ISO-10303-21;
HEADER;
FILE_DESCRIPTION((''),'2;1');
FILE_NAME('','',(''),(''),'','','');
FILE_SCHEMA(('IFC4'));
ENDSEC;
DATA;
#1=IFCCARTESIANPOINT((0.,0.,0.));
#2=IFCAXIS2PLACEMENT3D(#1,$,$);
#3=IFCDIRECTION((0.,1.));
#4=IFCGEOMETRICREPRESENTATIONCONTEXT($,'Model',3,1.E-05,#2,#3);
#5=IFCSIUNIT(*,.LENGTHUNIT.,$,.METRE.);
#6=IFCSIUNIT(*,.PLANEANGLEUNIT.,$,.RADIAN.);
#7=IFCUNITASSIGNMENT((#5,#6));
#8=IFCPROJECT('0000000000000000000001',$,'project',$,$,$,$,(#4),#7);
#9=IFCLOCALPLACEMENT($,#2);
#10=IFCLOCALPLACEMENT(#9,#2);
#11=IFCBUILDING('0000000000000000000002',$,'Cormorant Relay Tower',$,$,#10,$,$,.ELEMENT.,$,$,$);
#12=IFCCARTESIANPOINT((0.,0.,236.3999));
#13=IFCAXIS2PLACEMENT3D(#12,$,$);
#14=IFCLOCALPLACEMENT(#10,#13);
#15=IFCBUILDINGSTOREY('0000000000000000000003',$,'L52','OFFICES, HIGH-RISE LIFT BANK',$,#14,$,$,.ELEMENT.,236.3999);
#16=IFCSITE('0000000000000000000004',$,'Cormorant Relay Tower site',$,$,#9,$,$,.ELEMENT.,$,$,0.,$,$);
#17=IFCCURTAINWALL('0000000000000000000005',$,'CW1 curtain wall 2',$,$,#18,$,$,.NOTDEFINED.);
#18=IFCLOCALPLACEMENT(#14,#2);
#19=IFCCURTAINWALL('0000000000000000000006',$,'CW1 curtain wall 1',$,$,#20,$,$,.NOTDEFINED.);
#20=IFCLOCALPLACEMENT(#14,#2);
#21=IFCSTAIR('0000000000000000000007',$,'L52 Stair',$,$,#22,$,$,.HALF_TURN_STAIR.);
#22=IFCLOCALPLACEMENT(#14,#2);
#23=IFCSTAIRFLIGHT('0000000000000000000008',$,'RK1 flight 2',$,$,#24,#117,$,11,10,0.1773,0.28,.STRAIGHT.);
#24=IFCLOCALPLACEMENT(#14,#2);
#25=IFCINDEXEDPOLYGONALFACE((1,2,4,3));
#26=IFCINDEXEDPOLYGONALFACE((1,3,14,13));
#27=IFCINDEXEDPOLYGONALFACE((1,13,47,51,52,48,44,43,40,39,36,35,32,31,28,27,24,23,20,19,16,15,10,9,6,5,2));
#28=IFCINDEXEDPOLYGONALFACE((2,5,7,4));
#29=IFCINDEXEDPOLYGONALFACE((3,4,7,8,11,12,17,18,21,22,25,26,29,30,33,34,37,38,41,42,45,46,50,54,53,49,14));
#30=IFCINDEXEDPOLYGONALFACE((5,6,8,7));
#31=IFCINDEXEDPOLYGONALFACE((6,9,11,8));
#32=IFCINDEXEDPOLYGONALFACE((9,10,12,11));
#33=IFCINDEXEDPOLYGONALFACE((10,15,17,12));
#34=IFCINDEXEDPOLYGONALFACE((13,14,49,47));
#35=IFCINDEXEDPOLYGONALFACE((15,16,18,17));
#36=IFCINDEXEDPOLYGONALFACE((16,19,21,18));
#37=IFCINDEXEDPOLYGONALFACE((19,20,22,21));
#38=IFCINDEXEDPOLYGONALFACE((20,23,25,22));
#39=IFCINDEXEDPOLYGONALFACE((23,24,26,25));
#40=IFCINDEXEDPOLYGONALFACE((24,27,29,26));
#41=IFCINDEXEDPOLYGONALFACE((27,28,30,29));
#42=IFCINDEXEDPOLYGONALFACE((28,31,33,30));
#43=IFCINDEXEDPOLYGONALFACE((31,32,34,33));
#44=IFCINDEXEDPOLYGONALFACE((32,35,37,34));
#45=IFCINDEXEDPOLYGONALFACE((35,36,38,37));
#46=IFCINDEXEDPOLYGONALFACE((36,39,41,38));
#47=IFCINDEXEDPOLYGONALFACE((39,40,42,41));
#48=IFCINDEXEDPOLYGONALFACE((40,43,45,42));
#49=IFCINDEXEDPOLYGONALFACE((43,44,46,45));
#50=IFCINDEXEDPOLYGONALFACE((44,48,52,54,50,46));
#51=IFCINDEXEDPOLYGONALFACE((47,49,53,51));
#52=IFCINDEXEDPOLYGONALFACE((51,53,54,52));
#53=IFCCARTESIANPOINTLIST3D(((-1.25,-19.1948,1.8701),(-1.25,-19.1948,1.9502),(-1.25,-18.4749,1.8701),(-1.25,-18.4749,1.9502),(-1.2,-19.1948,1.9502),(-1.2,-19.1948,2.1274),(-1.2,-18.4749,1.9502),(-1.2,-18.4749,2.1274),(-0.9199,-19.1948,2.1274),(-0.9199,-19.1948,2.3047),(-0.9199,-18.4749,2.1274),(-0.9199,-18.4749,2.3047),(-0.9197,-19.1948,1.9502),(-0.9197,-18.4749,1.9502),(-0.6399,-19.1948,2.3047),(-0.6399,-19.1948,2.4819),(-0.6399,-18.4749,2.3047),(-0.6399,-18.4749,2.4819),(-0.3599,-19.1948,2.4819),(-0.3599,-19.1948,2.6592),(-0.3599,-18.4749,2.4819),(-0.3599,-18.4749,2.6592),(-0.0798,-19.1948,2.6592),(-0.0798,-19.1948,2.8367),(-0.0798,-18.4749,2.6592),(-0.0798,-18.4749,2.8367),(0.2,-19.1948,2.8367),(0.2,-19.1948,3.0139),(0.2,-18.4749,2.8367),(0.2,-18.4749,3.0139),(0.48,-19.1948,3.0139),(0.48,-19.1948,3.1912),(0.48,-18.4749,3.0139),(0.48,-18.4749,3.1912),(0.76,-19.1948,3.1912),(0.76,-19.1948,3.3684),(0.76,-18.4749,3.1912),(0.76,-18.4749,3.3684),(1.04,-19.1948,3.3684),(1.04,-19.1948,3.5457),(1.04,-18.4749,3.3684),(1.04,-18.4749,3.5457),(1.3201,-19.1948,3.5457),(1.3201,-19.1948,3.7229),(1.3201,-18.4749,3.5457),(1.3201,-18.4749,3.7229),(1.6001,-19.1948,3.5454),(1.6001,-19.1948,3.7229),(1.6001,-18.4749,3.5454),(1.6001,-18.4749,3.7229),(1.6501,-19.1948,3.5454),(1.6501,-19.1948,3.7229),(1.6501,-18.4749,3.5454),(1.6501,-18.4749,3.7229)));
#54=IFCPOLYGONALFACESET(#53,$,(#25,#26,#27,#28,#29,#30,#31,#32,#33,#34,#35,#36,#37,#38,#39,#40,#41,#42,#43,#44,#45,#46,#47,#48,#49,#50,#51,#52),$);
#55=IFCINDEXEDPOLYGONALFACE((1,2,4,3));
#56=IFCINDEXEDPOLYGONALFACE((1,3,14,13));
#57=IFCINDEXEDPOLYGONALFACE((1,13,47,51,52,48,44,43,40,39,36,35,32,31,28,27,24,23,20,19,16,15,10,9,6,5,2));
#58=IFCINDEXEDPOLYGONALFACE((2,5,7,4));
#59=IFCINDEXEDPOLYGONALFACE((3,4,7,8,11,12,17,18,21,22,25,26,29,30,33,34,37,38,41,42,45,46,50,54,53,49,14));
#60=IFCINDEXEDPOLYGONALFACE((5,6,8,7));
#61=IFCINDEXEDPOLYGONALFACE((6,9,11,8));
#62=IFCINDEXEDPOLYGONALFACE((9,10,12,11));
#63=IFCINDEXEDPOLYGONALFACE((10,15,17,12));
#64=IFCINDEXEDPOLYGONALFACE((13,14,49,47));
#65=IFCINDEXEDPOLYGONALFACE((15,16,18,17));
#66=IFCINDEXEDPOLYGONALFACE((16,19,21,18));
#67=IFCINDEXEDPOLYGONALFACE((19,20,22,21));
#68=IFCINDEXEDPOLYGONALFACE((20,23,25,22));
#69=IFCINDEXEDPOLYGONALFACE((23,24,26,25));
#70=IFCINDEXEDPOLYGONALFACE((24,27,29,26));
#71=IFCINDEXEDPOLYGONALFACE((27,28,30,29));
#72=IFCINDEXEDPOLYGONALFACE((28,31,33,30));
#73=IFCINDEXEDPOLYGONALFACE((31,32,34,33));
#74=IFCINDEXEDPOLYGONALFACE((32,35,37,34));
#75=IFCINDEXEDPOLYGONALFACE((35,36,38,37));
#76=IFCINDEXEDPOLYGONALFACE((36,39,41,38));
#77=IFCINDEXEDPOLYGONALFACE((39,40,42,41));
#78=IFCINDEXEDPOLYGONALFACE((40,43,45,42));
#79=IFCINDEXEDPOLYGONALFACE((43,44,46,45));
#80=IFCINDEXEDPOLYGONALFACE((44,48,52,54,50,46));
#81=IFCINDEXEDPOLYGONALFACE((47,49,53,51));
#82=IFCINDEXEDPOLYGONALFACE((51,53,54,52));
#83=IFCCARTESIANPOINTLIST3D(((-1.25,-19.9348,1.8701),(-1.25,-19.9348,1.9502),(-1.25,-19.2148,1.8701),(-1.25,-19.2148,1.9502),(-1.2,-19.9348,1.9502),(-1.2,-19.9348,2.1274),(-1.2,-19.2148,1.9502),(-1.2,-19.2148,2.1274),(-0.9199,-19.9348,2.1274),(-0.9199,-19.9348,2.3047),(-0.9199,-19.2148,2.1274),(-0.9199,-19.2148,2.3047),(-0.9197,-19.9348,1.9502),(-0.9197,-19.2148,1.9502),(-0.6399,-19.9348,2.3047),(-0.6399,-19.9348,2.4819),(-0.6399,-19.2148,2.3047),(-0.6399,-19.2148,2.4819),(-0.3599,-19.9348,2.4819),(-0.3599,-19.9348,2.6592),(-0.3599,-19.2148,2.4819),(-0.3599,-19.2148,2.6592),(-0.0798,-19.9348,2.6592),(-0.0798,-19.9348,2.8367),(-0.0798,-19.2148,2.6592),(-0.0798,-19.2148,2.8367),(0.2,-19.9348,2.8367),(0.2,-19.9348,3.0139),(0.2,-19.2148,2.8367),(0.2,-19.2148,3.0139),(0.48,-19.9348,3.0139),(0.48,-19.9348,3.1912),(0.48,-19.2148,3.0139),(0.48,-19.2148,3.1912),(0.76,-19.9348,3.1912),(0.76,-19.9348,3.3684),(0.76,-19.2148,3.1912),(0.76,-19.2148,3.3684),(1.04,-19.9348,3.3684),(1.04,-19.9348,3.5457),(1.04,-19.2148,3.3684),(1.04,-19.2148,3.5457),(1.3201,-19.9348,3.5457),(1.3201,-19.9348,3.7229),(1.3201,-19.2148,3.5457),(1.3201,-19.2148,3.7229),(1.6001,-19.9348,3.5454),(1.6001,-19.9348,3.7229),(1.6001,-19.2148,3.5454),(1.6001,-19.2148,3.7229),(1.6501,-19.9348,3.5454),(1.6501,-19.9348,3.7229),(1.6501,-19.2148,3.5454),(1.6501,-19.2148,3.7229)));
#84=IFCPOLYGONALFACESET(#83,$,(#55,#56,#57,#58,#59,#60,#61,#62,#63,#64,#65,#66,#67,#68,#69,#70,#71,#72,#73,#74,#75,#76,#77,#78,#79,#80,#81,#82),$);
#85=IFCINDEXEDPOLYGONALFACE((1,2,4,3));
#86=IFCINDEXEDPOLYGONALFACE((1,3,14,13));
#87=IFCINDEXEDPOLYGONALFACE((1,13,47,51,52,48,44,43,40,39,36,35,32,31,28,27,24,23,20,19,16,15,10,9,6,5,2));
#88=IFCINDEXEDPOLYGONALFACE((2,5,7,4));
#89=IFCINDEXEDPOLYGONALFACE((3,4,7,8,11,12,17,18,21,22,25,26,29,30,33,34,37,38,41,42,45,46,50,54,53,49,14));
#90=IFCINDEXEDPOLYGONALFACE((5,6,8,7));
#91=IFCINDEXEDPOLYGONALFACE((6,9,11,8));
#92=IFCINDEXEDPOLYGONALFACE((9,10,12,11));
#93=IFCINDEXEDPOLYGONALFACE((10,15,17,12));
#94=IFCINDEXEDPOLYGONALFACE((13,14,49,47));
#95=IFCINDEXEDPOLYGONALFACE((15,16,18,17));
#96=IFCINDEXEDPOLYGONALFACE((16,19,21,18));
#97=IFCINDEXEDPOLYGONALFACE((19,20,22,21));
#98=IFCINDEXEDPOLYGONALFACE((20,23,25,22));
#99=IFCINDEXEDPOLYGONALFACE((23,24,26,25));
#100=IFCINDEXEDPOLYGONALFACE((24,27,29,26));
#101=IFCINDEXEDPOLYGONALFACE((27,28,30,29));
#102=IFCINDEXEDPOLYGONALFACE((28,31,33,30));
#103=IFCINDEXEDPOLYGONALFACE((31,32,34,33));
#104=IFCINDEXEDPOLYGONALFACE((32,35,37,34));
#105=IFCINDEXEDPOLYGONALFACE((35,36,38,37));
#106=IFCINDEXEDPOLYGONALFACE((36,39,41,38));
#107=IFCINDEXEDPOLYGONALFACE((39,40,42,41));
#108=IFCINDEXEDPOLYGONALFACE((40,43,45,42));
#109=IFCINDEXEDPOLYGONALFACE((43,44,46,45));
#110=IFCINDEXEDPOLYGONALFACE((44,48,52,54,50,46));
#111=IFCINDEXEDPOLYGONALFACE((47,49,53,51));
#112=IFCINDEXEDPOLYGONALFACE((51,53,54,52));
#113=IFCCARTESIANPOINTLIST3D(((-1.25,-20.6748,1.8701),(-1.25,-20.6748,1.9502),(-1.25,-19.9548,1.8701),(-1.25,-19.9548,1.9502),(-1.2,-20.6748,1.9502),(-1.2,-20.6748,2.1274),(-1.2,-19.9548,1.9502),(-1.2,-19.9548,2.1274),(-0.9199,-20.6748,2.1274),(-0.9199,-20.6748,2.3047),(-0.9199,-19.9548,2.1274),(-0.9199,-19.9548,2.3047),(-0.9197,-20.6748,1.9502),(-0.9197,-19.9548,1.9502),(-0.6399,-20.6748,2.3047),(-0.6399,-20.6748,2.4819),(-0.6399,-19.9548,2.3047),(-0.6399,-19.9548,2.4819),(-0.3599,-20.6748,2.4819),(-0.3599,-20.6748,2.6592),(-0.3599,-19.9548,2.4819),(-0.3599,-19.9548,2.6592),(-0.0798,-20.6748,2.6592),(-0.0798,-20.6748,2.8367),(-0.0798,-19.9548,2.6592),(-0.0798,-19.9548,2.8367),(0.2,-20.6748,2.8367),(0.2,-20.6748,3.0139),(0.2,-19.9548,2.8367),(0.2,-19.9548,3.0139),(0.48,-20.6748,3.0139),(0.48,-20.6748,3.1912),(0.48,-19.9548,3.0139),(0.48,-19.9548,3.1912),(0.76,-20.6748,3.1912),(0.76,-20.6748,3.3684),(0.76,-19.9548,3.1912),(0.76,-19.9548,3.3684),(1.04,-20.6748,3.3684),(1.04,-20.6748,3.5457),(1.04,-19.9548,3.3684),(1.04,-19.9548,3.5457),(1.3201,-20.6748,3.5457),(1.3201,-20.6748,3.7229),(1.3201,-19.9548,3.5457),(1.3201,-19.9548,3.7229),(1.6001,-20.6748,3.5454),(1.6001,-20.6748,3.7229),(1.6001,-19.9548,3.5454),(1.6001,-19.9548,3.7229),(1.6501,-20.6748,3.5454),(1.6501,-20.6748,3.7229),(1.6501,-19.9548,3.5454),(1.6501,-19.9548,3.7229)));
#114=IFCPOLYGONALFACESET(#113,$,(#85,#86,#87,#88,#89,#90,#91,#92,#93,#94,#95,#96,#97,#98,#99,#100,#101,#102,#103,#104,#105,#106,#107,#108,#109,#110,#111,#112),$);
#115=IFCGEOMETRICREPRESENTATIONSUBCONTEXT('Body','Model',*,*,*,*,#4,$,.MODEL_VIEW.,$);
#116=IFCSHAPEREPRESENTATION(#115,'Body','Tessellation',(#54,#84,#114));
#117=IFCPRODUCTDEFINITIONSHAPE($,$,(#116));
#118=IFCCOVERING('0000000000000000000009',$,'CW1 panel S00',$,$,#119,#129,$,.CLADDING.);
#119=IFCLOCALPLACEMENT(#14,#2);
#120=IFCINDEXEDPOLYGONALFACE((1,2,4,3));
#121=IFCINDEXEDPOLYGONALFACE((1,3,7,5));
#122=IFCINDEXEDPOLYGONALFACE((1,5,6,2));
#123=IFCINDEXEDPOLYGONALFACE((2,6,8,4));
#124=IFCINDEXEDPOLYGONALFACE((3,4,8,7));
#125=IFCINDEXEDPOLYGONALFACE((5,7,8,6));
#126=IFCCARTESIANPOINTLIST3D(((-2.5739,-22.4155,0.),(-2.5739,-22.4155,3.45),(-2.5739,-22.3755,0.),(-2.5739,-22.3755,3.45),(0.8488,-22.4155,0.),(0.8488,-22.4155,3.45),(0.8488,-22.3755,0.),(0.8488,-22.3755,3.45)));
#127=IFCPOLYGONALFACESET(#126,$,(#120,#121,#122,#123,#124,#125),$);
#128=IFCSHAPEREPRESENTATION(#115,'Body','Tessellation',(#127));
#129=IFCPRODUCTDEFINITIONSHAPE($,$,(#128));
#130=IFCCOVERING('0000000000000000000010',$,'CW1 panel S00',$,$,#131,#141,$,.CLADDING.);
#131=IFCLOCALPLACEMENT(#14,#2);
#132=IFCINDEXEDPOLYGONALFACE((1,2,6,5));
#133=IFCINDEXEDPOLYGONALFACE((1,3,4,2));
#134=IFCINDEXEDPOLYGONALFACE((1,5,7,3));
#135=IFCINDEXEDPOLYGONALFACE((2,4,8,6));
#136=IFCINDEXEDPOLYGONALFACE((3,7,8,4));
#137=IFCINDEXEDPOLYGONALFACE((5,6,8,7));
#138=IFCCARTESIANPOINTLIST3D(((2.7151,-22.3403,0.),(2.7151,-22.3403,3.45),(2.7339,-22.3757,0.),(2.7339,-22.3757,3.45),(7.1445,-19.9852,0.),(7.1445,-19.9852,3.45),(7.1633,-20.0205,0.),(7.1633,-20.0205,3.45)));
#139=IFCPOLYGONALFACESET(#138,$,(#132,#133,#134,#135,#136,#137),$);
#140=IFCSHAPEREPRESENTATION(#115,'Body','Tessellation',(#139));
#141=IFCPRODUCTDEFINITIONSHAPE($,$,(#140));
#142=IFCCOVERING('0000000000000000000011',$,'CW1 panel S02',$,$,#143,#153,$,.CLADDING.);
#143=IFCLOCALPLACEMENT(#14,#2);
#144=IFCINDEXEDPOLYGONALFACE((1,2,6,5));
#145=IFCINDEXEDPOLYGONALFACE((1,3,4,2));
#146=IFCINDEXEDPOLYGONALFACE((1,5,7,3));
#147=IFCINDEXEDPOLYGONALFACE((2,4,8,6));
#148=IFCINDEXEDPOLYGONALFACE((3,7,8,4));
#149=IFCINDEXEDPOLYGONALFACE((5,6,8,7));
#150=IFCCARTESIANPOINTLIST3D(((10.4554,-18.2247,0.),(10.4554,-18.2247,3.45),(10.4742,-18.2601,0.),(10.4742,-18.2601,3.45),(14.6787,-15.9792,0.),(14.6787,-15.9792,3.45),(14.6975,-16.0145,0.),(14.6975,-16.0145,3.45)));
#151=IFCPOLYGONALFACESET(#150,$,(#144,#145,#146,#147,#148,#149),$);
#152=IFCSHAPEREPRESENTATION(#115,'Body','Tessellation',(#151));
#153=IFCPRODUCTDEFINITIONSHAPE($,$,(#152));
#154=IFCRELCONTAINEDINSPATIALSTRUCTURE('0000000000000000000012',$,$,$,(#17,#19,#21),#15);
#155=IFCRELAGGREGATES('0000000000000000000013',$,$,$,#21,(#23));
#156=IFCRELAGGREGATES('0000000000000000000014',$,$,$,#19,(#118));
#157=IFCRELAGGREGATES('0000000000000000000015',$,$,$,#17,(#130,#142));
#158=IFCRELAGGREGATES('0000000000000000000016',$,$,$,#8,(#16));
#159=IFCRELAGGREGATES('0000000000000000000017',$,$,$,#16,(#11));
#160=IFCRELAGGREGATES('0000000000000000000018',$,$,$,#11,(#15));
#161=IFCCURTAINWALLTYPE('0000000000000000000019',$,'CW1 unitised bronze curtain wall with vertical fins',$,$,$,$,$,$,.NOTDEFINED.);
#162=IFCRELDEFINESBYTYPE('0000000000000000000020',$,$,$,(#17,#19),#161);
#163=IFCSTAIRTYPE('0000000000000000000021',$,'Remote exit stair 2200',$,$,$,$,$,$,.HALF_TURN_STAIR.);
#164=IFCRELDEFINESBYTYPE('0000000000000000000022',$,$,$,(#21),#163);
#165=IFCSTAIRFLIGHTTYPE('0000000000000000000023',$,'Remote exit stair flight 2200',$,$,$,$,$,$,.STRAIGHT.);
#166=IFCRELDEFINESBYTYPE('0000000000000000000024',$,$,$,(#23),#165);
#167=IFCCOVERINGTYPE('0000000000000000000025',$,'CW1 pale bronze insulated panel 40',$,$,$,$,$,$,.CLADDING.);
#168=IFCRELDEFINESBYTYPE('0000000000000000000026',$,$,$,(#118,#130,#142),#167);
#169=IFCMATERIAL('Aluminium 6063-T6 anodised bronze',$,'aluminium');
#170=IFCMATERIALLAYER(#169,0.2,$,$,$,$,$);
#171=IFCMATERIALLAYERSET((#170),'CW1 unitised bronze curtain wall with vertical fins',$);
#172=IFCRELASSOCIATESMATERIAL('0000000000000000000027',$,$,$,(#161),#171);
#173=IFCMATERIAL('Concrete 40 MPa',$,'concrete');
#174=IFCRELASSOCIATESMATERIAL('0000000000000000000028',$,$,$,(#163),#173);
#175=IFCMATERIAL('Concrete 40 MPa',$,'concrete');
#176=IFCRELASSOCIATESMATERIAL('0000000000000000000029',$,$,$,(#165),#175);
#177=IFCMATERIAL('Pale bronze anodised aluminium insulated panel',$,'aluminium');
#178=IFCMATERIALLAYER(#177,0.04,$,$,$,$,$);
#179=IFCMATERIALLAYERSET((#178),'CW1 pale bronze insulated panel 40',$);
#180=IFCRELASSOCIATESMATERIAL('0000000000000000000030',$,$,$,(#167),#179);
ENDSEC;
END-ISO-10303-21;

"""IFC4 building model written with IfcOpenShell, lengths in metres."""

from ifc_helpers import new_model, si_unit, direction, frame, origin, origin_2d, place, context, subcontext, project, spatial, polyline, rectangle, outline, extrude, material, layer, layer_set, type_object, element, aggregate, save


model = new_model("IFC4")

# Units and contexts
model_context = context("Model", 3, precision=1e-05, world=origin(), true_north=direction((0.0, 1.0)))
body_context = subcontext(model_context, "Body", "Model", "MODEL_VIEW")
ifc_project = project(units=[si_unit("LENGTHUNIT", "METRE"), si_unit("PLANEANGLEUNIT", "RADIAN")], contexts=[model_context])

# Site, building, storey
site_placement = place(None, origin())
site = spatial("IfcSite", under=ifc_project, at=site_placement, Name="Cormorant Relay Tower site", CompositionType="ELEMENT", RefElevation=0.0)
building_placement = place(site_placement, origin())
building = spatial("IfcBuilding", under=site, at=building_placement, Name="Cormorant Relay Tower", CompositionType="ELEMENT")
storey_placement = place(building_placement, frame((0.0, 0.0, 236.3999)))
storey = spatial("IfcBuildingStorey", under=building, at=storey_placement, Name="L52", Description="OFFICES, HIGH-RISE LIFT BANK", CompositionType="ELEMENT", Elevation=236.3999)

# Curtain wall
ifc_material_1 = material(Name="Aluminium 6063-T6 anodised bronze", Category="aluminium")
ifc_layer_1 = layer(ifc_material_1, 0.2)
ifc_layer_set_1 = layer_set([ifc_layer_1], Name="CW1 unitised bronze curtain wall with vertical fins")
curtain_wall_type = type_object("IfcCurtainWallType", Name="CW1 unitised bronze curtain wall with vertical fins", PredefinedType="NOTDEFINED", material=ifc_layer_set_1)
curtain_wall_1_placement = place(storey_placement, origin())
curtain_wall_1 = element("IfcCurtainWall", 1, at=curtain_wall_1_placement, inside=storey, type_object=curtain_wall_type, Name="CW1 curtain wall 2", PredefinedType="NOTDEFINED")

# Curtain wall
curtain_wall_2_placement = place(storey_placement, origin())
curtain_wall_2 = element("IfcCurtainWall", 2, at=curtain_wall_2_placement, inside=storey, type_object=curtain_wall_type, Name="CW1 curtain wall 1", PredefinedType="NOTDEFINED")

# Stair, stair flight
ifc_material_2 = material(Name="Concrete 40 MPa", Category="concrete")
stair_type = type_object("IfcStairType", Name="Remote exit stair 2200", PredefinedType="HALF_TURN_STAIR", material=ifc_material_2)
stair_placement = place(storey_placement, origin())
stair = element("IfcStair", 3, at=stair_placement, inside=storey, type_object=stair_type, Name="L52 Stair", PredefinedType="HALF_TURN_STAIR")
ifc_material_3 = material(Name="Concrete 40 MPa", Category="concrete")
stair_flight_type = type_object("IfcStairFlightType", Name="Remote exit stair flight 2200", PredefinedType="STRAIGHT", material=ifc_material_3)
stair_flight_1_placement = place(storey_placement, frame((-1.2, -19.575, 1.9502), z_axis=(0.0, 0.0, 1.0), x_axis=(1.0, 0.0, 0.0)))
stair_flight_1 = element("IfcStairFlight", 4, at=stair_flight_1_placement, type_object=stair_flight_type, Name="RK1 flight 2", NumberOfRisers=11, NumberOfTreads=10, PredefinedType="STRAIGHT", RiserHeight=0.1773, TreadLength=0.28, context=body_context, shape_type="SweptSolid", body=[
    extrude(outline(polyline([(-0.05, -0.0801), (-0.05, 0.0), (0.0, 0.0), (0.0, 0.1772), (0.28, 0.1772), (0.28, 0.3545), (0.5601, 0.3545), (0.5601, 0.5317), (0.8401, 0.5317), (0.8401, 0.709), (1.1201, 0.709), (1.1201, 0.8865), (1.3999, 0.8865), (1.3999, 1.0637), (1.6799, 1.0637), (1.6799, 1.241), (1.96, 1.241), (1.96, 1.4182), (2.24, 1.4182), (2.24, 1.5955), (2.52, 1.5955), (2.52, 1.7727), (2.8, 1.7727), (2.8501, 1.7727), (2.8501, 1.5952), (2.8, 1.5952), (0.2803, 0.0), (-0.05, -0.0801)])), frame((0.0, 1.1001, 0.0), z_axis=(0.0, -1.0, 0.0), x_axis=(1.0, 0.0, 0.0)), (0.0, 0.0, 1.0), 0.72),
    extrude(outline(polyline([(-0.05, -0.0801), (-0.05, 0.0), (0.0, 0.0), (0.0, 0.1772), (0.28, 0.1772), (0.28, 0.3545), (0.5601, 0.3545), (0.5601, 0.5317), (0.8401, 0.5317), (0.8401, 0.709), (1.1201, 0.709), (1.1201, 0.8865), (1.3999, 0.8865), (1.3999, 1.0637), (1.6799, 1.0637), (1.6799, 1.241), (1.96, 1.241), (1.96, 1.4182), (2.24, 1.4182), (2.24, 1.5955), (2.52, 1.5955), (2.52, 1.7727), (2.8, 1.7727), (2.8501, 1.7727), (2.8501, 1.5952), (2.8, 1.5952), (0.2803, 0.0), (-0.05, -0.0801)])), frame((0.0, 0.3601, 0.0), z_axis=(0.0, -1.0, 0.0), x_axis=(1.0, 0.0, 0.0)), (0.0, 0.0, 1.0), 0.72),
    extrude(outline(polyline([(-0.05, -0.0801), (-0.05, 0.0), (0.0, 0.0), (0.0, 0.1772), (0.28, 0.1772), (0.28, 0.3545), (0.5601, 0.3545), (0.5601, 0.5317), (0.8401, 0.5317), (0.8401, 0.709), (1.1201, 0.709), (1.1201, 0.8865), (1.3999, 0.8865), (1.3999, 1.0637), (1.6799, 1.0637), (1.6799, 1.241), (1.96, 1.241), (1.96, 1.4182), (2.24, 1.4182), (2.24, 1.5955), (2.52, 1.5955), (2.52, 1.7727), (2.8, 1.7727), (2.8501, 1.7727), (2.8501, 1.5952), (2.8, 1.5952), (0.2803, 0.0), (-0.05, -0.0801)])), frame((0.0, -0.3799, 0.0), z_axis=(0.0, -1.0, 0.0), x_axis=(1.0, 0.0, 0.0)), (0.0, 0.0, 1.0), 0.72),
])
aggregate(stair, [stair_flight_1])

# Coverings
ifc_material_4 = material(Name="Pale bronze anodised aluminium insulated panel", Category="aluminium")
ifc_layer_2 = layer(ifc_material_4, 0.04)
ifc_layer_set_2 = layer_set([ifc_layer_2], Name="CW1 pale bronze insulated panel 40")
covering_type = type_object("IfcCoveringType", Name="CW1 pale bronze insulated panel 40", PredefinedType="CLADDING", material=ifc_layer_set_2)
covering_1_placement = place(storey_placement, frame((-0.8625, -22.3955, 0.0), z_axis=(0.0, 0.0, 1.0), x_axis=(1.0, 0.0, 0.0)))
covering_1 = element("IfcCovering", 5, at=covering_1_placement, type_object=covering_type, Name="CW1 panel S00", PredefinedType="CLADDING", context=body_context, shape_type="SweptSolid", body=[
    extrude(rectangle(XDim=3.4226, YDim=0.04, at=origin_2d()), origin(), (0.0, 0.0, 1.0), 3.45),
])
aggregate(curtain_wall_2, [covering_1])
covering_2_placement = place(storey_placement, frame((4.9392, -21.1804, 0.0), z_axis=(0.0, 0.0, 1.0), x_axis=(0.882948, 0.469472, 0.0)))
covering_2 = element("IfcCovering", 6, at=covering_2_placement, type_object=covering_type, Name="CW1 panel S00", PredefinedType="CLADDING", context=body_context, shape_type="SweptSolid", body=[
    extrude(rectangle(XDim=5.0166, YDim=0.04, at=origin_2d()), origin(), (0.0, 0.0, 1.0), 3.45),
])
covering_3_placement = place(storey_placement, frame((12.5764, -17.1196, 0.0), z_axis=(0.0, 0.0, 1.0), x_axis=(0.882948, 0.469472, 0.0)))
covering_3 = element("IfcCovering", 7, at=covering_3_placement, type_object=covering_type, Name="CW1 panel S02", PredefinedType="CLADDING", context=body_context, shape_type="SweptSolid", body=[
    extrude(rectangle(XDim=4.7832, YDim=0.04, at=origin_2d()), origin(), (0.0, 0.0, 1.0), 3.45),
])
aggregate(curtain_wall_1, [covering_2, covering_3])

save(model, "model.ifc")
